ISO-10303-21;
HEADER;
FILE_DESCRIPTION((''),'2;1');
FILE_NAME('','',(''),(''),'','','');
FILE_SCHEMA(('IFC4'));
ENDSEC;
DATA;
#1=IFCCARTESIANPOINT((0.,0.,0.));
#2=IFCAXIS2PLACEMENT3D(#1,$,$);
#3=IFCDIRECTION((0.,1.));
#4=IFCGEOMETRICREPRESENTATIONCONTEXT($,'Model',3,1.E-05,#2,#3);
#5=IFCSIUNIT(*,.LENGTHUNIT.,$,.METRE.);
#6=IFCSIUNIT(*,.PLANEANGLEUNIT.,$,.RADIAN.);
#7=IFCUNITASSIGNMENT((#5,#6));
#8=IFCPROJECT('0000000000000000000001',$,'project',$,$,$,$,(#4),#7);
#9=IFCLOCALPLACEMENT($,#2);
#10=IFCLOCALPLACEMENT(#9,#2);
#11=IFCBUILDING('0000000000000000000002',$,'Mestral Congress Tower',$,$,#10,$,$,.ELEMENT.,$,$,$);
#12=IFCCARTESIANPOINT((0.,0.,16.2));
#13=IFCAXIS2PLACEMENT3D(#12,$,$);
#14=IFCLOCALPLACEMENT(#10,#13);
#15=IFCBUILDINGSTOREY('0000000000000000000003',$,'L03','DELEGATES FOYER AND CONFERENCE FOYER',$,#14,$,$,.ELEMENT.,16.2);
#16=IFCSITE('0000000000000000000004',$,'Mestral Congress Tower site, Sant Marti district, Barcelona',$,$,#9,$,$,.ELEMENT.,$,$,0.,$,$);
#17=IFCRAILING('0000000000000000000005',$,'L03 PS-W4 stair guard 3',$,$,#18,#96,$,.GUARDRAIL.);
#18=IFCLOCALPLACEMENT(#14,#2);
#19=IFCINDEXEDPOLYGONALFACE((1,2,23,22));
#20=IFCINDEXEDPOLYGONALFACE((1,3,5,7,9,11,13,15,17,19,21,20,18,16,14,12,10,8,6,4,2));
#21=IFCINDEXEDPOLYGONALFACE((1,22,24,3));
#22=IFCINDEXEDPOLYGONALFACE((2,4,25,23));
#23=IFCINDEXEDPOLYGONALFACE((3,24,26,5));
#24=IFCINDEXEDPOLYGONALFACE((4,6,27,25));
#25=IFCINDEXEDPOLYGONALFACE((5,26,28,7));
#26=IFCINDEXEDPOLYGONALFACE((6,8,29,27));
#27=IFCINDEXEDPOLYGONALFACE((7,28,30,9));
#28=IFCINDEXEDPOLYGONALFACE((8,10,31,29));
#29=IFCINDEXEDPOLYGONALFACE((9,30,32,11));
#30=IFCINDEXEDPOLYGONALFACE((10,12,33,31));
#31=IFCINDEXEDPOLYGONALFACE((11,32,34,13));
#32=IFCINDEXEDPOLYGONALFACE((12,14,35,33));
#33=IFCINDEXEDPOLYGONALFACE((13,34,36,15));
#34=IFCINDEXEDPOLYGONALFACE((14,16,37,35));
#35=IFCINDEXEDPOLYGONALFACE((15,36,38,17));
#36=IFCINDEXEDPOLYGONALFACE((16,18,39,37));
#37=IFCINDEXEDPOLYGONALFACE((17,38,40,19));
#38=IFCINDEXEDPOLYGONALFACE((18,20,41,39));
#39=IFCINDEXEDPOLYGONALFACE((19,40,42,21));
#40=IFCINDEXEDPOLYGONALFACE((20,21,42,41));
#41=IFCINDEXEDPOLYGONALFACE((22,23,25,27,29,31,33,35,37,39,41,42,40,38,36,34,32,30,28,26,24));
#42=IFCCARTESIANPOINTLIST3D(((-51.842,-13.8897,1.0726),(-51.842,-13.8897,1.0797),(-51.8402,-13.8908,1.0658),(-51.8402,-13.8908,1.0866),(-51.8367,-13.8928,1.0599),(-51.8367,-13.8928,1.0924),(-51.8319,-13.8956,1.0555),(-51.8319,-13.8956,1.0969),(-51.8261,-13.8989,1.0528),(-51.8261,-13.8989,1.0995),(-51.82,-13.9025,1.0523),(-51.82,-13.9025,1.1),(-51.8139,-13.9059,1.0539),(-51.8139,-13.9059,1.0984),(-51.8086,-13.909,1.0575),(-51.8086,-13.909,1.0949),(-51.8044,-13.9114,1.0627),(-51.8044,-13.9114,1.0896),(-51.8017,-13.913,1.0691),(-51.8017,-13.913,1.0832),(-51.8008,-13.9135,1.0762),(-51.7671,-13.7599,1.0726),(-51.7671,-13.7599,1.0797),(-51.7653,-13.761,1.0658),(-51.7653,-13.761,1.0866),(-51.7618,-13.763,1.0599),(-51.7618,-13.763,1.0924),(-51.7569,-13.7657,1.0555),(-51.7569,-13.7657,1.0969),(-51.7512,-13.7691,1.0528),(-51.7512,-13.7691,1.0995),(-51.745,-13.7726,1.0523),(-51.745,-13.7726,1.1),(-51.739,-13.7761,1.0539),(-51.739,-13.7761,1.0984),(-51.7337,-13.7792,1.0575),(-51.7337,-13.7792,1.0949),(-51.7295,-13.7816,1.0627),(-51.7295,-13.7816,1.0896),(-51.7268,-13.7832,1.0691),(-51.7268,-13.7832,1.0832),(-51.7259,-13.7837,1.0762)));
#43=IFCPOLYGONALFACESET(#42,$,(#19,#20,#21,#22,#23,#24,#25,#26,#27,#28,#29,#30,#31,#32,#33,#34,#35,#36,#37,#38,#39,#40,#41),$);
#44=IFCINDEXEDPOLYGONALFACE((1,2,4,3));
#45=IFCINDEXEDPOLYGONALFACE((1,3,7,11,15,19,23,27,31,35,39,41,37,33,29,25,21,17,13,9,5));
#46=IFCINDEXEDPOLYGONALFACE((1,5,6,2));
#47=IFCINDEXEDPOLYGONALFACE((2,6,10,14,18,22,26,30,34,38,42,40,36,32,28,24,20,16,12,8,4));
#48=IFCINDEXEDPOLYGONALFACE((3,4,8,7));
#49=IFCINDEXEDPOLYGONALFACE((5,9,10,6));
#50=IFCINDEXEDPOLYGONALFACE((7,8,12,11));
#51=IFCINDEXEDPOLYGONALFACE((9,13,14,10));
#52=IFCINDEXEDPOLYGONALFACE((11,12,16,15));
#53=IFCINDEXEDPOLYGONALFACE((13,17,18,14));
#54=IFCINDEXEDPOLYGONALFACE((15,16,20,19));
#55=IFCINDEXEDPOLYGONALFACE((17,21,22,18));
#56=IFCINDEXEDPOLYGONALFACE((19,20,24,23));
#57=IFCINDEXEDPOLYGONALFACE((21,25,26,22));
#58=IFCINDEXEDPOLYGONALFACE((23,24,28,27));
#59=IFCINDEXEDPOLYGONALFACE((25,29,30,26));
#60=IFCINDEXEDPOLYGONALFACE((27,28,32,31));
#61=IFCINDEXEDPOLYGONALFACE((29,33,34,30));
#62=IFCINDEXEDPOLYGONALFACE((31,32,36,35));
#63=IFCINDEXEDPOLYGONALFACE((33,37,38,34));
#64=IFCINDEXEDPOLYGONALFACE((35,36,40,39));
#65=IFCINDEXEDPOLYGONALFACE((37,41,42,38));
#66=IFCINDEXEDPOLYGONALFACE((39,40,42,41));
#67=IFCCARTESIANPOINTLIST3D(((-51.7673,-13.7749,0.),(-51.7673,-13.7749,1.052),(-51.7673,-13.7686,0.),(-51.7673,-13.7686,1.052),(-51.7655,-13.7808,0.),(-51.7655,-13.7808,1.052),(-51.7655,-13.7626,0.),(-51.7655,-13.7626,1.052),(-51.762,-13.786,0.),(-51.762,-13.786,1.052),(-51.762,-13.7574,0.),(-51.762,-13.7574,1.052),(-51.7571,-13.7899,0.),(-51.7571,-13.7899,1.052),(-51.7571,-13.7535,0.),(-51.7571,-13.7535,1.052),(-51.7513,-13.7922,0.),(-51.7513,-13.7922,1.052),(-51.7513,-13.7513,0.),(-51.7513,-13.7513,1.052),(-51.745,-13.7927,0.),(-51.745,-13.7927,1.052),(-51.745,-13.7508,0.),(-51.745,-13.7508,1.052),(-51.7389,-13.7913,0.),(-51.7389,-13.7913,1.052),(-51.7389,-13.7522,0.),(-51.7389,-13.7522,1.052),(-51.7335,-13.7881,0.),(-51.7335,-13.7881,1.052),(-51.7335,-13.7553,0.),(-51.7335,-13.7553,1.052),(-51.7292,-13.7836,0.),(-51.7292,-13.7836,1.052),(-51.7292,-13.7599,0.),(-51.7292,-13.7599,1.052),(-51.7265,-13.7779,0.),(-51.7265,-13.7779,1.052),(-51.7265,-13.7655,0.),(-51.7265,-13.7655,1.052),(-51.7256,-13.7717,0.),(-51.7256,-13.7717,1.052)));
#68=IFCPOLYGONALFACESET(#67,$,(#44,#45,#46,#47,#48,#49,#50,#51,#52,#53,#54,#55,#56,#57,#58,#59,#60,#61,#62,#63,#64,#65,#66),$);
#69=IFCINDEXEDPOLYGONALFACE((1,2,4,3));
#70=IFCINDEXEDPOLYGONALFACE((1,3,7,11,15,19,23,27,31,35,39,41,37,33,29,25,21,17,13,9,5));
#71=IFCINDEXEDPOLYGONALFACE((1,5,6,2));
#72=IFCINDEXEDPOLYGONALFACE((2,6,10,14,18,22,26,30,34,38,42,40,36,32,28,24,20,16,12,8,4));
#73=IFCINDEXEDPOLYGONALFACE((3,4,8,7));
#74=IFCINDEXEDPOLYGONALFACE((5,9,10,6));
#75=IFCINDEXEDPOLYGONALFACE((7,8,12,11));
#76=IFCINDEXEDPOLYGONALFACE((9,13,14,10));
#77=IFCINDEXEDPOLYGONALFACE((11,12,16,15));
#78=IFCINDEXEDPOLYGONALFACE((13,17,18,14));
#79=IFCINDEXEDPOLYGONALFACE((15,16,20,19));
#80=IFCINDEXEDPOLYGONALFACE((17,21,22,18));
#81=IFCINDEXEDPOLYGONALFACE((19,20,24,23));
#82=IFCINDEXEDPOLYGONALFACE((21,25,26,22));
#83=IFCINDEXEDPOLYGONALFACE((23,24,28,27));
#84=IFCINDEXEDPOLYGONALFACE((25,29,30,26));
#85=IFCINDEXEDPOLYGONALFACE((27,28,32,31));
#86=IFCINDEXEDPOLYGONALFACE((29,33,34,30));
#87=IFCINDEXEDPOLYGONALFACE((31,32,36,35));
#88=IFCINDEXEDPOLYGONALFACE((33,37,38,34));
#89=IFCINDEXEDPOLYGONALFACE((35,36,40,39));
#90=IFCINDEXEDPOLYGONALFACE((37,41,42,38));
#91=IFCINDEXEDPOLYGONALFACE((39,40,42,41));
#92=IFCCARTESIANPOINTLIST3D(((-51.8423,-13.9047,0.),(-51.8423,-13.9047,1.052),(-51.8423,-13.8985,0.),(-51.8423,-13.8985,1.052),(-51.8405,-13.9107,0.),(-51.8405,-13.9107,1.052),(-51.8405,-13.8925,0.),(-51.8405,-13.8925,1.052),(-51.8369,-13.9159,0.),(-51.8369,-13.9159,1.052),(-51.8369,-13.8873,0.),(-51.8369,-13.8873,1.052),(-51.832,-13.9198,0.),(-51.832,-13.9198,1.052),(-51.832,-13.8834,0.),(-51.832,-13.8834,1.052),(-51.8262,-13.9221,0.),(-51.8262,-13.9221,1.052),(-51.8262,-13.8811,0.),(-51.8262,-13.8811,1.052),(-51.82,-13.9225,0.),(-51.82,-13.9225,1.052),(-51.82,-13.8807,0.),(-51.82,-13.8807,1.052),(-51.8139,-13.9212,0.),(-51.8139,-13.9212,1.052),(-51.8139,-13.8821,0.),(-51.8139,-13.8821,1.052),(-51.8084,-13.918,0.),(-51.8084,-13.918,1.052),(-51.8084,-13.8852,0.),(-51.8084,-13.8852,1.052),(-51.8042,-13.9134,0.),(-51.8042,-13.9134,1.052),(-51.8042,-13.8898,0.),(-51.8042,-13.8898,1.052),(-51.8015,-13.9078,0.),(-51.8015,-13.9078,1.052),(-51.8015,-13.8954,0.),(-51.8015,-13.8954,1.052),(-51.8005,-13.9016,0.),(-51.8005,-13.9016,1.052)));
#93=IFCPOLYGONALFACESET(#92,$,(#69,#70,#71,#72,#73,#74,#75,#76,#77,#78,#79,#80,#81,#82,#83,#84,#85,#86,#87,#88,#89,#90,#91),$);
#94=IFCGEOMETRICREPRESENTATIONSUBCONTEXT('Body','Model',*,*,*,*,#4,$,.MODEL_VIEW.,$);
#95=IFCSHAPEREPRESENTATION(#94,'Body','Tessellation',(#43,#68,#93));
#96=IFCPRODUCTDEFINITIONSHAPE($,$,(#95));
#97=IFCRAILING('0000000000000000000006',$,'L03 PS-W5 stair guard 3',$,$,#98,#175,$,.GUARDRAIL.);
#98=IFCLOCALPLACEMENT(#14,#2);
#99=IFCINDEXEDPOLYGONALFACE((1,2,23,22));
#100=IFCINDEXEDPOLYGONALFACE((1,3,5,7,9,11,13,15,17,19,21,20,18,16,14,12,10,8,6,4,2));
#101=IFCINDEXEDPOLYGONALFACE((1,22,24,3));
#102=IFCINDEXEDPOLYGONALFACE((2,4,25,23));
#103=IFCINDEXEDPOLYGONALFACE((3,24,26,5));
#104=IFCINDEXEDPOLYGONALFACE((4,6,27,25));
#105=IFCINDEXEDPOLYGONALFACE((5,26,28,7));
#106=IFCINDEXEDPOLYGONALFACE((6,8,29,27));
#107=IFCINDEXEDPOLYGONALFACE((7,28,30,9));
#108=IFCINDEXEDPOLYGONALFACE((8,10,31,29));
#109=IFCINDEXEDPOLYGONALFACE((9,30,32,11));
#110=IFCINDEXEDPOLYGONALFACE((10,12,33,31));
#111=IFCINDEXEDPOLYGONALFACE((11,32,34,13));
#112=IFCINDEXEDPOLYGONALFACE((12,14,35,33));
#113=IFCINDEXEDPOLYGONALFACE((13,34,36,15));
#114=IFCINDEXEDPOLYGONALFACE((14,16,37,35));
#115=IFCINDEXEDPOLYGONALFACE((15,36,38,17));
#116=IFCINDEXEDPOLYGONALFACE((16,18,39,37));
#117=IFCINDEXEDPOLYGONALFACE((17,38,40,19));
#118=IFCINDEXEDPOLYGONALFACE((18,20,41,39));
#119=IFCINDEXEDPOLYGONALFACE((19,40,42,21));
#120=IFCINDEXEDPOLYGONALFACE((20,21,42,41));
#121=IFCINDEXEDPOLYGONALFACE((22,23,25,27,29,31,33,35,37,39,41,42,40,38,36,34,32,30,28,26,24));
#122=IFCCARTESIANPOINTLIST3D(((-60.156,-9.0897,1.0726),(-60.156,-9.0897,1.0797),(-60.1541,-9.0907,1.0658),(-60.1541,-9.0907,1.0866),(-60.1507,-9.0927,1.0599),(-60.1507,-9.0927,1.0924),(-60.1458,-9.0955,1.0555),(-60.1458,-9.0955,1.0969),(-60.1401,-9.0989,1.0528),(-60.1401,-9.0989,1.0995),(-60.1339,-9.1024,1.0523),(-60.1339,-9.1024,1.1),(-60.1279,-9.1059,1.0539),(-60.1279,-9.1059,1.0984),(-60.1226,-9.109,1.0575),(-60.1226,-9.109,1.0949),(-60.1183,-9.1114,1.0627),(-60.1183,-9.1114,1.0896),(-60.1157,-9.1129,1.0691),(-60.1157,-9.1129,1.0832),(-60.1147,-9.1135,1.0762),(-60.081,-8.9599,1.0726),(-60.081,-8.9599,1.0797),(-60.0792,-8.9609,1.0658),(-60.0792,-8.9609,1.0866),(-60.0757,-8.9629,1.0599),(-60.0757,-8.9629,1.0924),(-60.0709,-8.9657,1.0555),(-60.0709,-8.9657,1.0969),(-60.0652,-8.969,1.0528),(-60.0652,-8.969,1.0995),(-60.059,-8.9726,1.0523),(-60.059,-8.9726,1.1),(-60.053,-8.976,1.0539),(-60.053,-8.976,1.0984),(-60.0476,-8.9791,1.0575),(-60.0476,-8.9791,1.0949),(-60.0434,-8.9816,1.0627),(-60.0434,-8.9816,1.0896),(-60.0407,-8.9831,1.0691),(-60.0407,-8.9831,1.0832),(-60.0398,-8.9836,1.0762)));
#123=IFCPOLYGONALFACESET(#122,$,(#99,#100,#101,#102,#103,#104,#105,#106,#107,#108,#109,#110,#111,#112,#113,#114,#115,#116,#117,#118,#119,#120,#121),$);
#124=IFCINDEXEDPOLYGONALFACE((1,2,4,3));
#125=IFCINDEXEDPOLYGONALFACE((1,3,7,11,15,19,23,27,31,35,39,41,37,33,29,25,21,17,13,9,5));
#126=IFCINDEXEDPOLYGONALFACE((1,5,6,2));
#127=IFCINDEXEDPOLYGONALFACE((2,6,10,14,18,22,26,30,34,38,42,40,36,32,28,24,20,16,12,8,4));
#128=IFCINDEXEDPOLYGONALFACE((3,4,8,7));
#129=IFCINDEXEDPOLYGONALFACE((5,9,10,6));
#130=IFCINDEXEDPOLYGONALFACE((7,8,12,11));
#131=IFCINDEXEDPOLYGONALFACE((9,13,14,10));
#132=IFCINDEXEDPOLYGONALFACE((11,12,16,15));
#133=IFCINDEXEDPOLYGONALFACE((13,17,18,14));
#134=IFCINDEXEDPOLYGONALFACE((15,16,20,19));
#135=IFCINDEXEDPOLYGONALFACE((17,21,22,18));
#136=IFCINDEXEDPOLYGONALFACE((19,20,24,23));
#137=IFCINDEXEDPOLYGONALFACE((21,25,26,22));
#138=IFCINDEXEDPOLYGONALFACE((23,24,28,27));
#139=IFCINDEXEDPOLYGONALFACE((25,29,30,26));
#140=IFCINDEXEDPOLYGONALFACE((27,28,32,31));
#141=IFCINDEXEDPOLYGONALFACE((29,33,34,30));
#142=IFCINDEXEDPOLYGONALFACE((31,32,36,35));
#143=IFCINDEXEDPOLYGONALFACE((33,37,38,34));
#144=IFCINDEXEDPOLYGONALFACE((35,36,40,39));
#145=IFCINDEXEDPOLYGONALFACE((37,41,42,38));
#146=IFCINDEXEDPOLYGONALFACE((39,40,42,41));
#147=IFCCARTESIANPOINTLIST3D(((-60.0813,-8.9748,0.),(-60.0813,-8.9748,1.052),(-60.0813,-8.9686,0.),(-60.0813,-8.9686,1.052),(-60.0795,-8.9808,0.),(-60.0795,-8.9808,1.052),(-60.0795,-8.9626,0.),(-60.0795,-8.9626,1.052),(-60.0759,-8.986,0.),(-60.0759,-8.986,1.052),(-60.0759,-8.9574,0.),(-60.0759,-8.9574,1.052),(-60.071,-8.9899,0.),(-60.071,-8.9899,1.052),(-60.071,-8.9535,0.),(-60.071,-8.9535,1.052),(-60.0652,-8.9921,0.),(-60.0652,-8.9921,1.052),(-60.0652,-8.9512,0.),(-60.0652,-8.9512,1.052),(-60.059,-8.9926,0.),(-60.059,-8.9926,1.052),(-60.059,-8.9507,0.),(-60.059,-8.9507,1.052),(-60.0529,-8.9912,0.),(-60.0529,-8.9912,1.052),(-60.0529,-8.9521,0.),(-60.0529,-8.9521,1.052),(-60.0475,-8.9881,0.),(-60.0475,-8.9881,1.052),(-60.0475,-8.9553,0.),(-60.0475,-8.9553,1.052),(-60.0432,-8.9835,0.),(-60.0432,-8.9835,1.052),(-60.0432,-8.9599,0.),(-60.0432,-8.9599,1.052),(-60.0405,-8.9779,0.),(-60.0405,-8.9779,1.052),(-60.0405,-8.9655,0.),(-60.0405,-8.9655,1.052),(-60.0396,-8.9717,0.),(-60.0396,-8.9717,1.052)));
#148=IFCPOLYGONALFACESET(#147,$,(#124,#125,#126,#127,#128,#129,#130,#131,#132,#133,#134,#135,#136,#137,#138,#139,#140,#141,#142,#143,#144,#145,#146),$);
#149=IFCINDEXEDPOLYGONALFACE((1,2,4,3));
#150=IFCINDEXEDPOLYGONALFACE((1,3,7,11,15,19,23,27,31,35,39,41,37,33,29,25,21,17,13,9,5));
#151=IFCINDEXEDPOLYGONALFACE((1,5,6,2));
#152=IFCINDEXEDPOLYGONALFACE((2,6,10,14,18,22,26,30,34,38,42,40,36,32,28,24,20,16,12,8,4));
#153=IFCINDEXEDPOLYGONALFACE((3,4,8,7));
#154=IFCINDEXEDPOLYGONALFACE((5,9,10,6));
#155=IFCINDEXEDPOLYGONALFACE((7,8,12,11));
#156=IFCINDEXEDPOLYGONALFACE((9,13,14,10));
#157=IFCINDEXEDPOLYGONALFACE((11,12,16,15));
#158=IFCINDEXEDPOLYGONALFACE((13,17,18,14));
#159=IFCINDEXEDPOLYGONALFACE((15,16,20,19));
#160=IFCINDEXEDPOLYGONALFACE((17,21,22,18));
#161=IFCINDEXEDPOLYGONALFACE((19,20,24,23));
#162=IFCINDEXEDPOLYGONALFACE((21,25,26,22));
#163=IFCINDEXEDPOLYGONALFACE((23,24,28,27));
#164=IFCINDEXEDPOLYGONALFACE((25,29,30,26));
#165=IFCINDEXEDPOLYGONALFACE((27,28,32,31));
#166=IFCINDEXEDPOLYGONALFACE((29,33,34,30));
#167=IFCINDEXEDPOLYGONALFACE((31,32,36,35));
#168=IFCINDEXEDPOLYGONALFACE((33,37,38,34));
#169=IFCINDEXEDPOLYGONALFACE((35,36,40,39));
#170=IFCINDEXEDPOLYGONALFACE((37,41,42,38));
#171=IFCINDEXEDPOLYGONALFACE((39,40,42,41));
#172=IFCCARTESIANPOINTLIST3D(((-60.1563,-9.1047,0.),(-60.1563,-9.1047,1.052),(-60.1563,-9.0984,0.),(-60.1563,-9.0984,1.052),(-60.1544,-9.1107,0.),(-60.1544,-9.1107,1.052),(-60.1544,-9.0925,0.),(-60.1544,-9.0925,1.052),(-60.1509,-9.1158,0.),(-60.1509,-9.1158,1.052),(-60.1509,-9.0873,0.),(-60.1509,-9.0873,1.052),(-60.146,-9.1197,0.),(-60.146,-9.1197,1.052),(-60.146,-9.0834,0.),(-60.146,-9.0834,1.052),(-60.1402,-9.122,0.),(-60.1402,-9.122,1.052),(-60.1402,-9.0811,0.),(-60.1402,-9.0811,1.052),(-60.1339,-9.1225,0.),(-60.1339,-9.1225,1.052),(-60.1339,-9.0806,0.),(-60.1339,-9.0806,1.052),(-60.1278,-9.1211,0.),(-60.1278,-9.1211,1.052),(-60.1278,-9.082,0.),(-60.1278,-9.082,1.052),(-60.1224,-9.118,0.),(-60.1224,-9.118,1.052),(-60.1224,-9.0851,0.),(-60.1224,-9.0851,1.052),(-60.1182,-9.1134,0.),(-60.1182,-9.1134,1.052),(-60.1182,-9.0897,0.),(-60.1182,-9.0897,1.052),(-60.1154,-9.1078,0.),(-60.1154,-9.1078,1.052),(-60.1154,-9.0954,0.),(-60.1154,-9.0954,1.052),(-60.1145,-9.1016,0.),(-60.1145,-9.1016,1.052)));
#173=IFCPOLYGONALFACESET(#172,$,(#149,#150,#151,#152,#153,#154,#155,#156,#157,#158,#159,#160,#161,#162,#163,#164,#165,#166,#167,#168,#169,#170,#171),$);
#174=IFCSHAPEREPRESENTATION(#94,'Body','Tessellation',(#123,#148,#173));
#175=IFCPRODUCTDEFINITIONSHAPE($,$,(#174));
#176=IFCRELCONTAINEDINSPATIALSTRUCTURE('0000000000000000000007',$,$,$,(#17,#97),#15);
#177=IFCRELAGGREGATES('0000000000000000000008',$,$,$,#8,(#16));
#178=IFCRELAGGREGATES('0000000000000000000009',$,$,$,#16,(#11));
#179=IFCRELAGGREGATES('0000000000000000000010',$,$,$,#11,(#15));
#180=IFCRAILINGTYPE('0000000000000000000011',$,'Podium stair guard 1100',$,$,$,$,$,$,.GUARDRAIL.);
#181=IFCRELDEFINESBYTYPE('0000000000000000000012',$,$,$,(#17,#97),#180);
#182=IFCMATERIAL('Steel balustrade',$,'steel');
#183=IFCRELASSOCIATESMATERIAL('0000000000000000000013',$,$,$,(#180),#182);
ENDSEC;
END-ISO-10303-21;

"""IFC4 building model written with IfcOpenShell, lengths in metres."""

from ifc_helpers import new_model, si_unit, direction, frame, origin, origin_2d, place, context, subcontext, project, spatial, circle, extrude, material, type_object, element, save


model = new_model("IFC4")

# Units and contexts
model_context = context("Model", 3, precision=1e-05, world=origin(), true_north=direction((0.0, 1.0)))
body_context = subcontext(model_context, "Body", "Model", "MODEL_VIEW")
ifc_project = project(units=[si_unit("LENGTHUNIT", "METRE"), si_unit("PLANEANGLEUNIT", "RADIAN")], contexts=[model_context])

# Site, building, storey
site_placement = place(None, origin())
site = spatial("IfcSite", under=ifc_project, at=site_placement, Name="Mestral Congress Tower site, Sant Marti district, Barcelona", CompositionType="ELEMENT", RefElevation=0.0)
building_placement = place(site_placement, origin())
building = spatial("IfcBuilding", under=site, at=building_placement, Name="Mestral Congress Tower", CompositionType="ELEMENT")
storey_placement = place(building_placement, frame((0.0, 0.0, 16.2)))
storey = spatial("IfcBuildingStorey", under=building, at=storey_placement, Name="L03", Description="DELEGATES FOYER AND CONFERENCE FOYER", CompositionType="ELEMENT", Elevation=16.2)

# Railings
ifc_material_1 = material(Name="Steel balustrade", Category="steel")
railing_type_1 = type_object("IfcRailingType", Name="Podium stair guard 1100", PredefinedType="GUARDRAIL", material=ifc_material_1)
for number, where, name in (
    (1, (-51.7466, -13.7717, 0.0), "L03 PS-W4 stair guard 3"),
    (2, (-60.0605, -8.9717, 0.0), "L03 PS-W5 stair guard 3"),
):
    element("IfcRailing", number, at=place(storey_placement, frame(where)), inside=storey, type_object=railing_type_1, Name=name, PredefinedType="GUARDRAIL", context=body_context, shape_type="SweptSolid", body=[
        extrude(circle(Radius=0.0239, at=origin_2d()), frame((0.0, 0.0, 1.0762), z_axis=(-0.499816, -0.866131, 0.0), x_axis=(0.866131, -0.499816, 0.0)), (0.0, 0.0, 1.0), 0.1499),
        extrude(circle(Radius=0.021, at=origin_2d()), origin(), (0.0, 0.0, 1.0), 1.052),
        extrude(circle(Radius=0.021, at=origin_2d()), frame((-0.075, -0.1299, 0.0)), (0.0, 0.0, 1.0), 1.052),
    ])

save(model, "model.ifc")
